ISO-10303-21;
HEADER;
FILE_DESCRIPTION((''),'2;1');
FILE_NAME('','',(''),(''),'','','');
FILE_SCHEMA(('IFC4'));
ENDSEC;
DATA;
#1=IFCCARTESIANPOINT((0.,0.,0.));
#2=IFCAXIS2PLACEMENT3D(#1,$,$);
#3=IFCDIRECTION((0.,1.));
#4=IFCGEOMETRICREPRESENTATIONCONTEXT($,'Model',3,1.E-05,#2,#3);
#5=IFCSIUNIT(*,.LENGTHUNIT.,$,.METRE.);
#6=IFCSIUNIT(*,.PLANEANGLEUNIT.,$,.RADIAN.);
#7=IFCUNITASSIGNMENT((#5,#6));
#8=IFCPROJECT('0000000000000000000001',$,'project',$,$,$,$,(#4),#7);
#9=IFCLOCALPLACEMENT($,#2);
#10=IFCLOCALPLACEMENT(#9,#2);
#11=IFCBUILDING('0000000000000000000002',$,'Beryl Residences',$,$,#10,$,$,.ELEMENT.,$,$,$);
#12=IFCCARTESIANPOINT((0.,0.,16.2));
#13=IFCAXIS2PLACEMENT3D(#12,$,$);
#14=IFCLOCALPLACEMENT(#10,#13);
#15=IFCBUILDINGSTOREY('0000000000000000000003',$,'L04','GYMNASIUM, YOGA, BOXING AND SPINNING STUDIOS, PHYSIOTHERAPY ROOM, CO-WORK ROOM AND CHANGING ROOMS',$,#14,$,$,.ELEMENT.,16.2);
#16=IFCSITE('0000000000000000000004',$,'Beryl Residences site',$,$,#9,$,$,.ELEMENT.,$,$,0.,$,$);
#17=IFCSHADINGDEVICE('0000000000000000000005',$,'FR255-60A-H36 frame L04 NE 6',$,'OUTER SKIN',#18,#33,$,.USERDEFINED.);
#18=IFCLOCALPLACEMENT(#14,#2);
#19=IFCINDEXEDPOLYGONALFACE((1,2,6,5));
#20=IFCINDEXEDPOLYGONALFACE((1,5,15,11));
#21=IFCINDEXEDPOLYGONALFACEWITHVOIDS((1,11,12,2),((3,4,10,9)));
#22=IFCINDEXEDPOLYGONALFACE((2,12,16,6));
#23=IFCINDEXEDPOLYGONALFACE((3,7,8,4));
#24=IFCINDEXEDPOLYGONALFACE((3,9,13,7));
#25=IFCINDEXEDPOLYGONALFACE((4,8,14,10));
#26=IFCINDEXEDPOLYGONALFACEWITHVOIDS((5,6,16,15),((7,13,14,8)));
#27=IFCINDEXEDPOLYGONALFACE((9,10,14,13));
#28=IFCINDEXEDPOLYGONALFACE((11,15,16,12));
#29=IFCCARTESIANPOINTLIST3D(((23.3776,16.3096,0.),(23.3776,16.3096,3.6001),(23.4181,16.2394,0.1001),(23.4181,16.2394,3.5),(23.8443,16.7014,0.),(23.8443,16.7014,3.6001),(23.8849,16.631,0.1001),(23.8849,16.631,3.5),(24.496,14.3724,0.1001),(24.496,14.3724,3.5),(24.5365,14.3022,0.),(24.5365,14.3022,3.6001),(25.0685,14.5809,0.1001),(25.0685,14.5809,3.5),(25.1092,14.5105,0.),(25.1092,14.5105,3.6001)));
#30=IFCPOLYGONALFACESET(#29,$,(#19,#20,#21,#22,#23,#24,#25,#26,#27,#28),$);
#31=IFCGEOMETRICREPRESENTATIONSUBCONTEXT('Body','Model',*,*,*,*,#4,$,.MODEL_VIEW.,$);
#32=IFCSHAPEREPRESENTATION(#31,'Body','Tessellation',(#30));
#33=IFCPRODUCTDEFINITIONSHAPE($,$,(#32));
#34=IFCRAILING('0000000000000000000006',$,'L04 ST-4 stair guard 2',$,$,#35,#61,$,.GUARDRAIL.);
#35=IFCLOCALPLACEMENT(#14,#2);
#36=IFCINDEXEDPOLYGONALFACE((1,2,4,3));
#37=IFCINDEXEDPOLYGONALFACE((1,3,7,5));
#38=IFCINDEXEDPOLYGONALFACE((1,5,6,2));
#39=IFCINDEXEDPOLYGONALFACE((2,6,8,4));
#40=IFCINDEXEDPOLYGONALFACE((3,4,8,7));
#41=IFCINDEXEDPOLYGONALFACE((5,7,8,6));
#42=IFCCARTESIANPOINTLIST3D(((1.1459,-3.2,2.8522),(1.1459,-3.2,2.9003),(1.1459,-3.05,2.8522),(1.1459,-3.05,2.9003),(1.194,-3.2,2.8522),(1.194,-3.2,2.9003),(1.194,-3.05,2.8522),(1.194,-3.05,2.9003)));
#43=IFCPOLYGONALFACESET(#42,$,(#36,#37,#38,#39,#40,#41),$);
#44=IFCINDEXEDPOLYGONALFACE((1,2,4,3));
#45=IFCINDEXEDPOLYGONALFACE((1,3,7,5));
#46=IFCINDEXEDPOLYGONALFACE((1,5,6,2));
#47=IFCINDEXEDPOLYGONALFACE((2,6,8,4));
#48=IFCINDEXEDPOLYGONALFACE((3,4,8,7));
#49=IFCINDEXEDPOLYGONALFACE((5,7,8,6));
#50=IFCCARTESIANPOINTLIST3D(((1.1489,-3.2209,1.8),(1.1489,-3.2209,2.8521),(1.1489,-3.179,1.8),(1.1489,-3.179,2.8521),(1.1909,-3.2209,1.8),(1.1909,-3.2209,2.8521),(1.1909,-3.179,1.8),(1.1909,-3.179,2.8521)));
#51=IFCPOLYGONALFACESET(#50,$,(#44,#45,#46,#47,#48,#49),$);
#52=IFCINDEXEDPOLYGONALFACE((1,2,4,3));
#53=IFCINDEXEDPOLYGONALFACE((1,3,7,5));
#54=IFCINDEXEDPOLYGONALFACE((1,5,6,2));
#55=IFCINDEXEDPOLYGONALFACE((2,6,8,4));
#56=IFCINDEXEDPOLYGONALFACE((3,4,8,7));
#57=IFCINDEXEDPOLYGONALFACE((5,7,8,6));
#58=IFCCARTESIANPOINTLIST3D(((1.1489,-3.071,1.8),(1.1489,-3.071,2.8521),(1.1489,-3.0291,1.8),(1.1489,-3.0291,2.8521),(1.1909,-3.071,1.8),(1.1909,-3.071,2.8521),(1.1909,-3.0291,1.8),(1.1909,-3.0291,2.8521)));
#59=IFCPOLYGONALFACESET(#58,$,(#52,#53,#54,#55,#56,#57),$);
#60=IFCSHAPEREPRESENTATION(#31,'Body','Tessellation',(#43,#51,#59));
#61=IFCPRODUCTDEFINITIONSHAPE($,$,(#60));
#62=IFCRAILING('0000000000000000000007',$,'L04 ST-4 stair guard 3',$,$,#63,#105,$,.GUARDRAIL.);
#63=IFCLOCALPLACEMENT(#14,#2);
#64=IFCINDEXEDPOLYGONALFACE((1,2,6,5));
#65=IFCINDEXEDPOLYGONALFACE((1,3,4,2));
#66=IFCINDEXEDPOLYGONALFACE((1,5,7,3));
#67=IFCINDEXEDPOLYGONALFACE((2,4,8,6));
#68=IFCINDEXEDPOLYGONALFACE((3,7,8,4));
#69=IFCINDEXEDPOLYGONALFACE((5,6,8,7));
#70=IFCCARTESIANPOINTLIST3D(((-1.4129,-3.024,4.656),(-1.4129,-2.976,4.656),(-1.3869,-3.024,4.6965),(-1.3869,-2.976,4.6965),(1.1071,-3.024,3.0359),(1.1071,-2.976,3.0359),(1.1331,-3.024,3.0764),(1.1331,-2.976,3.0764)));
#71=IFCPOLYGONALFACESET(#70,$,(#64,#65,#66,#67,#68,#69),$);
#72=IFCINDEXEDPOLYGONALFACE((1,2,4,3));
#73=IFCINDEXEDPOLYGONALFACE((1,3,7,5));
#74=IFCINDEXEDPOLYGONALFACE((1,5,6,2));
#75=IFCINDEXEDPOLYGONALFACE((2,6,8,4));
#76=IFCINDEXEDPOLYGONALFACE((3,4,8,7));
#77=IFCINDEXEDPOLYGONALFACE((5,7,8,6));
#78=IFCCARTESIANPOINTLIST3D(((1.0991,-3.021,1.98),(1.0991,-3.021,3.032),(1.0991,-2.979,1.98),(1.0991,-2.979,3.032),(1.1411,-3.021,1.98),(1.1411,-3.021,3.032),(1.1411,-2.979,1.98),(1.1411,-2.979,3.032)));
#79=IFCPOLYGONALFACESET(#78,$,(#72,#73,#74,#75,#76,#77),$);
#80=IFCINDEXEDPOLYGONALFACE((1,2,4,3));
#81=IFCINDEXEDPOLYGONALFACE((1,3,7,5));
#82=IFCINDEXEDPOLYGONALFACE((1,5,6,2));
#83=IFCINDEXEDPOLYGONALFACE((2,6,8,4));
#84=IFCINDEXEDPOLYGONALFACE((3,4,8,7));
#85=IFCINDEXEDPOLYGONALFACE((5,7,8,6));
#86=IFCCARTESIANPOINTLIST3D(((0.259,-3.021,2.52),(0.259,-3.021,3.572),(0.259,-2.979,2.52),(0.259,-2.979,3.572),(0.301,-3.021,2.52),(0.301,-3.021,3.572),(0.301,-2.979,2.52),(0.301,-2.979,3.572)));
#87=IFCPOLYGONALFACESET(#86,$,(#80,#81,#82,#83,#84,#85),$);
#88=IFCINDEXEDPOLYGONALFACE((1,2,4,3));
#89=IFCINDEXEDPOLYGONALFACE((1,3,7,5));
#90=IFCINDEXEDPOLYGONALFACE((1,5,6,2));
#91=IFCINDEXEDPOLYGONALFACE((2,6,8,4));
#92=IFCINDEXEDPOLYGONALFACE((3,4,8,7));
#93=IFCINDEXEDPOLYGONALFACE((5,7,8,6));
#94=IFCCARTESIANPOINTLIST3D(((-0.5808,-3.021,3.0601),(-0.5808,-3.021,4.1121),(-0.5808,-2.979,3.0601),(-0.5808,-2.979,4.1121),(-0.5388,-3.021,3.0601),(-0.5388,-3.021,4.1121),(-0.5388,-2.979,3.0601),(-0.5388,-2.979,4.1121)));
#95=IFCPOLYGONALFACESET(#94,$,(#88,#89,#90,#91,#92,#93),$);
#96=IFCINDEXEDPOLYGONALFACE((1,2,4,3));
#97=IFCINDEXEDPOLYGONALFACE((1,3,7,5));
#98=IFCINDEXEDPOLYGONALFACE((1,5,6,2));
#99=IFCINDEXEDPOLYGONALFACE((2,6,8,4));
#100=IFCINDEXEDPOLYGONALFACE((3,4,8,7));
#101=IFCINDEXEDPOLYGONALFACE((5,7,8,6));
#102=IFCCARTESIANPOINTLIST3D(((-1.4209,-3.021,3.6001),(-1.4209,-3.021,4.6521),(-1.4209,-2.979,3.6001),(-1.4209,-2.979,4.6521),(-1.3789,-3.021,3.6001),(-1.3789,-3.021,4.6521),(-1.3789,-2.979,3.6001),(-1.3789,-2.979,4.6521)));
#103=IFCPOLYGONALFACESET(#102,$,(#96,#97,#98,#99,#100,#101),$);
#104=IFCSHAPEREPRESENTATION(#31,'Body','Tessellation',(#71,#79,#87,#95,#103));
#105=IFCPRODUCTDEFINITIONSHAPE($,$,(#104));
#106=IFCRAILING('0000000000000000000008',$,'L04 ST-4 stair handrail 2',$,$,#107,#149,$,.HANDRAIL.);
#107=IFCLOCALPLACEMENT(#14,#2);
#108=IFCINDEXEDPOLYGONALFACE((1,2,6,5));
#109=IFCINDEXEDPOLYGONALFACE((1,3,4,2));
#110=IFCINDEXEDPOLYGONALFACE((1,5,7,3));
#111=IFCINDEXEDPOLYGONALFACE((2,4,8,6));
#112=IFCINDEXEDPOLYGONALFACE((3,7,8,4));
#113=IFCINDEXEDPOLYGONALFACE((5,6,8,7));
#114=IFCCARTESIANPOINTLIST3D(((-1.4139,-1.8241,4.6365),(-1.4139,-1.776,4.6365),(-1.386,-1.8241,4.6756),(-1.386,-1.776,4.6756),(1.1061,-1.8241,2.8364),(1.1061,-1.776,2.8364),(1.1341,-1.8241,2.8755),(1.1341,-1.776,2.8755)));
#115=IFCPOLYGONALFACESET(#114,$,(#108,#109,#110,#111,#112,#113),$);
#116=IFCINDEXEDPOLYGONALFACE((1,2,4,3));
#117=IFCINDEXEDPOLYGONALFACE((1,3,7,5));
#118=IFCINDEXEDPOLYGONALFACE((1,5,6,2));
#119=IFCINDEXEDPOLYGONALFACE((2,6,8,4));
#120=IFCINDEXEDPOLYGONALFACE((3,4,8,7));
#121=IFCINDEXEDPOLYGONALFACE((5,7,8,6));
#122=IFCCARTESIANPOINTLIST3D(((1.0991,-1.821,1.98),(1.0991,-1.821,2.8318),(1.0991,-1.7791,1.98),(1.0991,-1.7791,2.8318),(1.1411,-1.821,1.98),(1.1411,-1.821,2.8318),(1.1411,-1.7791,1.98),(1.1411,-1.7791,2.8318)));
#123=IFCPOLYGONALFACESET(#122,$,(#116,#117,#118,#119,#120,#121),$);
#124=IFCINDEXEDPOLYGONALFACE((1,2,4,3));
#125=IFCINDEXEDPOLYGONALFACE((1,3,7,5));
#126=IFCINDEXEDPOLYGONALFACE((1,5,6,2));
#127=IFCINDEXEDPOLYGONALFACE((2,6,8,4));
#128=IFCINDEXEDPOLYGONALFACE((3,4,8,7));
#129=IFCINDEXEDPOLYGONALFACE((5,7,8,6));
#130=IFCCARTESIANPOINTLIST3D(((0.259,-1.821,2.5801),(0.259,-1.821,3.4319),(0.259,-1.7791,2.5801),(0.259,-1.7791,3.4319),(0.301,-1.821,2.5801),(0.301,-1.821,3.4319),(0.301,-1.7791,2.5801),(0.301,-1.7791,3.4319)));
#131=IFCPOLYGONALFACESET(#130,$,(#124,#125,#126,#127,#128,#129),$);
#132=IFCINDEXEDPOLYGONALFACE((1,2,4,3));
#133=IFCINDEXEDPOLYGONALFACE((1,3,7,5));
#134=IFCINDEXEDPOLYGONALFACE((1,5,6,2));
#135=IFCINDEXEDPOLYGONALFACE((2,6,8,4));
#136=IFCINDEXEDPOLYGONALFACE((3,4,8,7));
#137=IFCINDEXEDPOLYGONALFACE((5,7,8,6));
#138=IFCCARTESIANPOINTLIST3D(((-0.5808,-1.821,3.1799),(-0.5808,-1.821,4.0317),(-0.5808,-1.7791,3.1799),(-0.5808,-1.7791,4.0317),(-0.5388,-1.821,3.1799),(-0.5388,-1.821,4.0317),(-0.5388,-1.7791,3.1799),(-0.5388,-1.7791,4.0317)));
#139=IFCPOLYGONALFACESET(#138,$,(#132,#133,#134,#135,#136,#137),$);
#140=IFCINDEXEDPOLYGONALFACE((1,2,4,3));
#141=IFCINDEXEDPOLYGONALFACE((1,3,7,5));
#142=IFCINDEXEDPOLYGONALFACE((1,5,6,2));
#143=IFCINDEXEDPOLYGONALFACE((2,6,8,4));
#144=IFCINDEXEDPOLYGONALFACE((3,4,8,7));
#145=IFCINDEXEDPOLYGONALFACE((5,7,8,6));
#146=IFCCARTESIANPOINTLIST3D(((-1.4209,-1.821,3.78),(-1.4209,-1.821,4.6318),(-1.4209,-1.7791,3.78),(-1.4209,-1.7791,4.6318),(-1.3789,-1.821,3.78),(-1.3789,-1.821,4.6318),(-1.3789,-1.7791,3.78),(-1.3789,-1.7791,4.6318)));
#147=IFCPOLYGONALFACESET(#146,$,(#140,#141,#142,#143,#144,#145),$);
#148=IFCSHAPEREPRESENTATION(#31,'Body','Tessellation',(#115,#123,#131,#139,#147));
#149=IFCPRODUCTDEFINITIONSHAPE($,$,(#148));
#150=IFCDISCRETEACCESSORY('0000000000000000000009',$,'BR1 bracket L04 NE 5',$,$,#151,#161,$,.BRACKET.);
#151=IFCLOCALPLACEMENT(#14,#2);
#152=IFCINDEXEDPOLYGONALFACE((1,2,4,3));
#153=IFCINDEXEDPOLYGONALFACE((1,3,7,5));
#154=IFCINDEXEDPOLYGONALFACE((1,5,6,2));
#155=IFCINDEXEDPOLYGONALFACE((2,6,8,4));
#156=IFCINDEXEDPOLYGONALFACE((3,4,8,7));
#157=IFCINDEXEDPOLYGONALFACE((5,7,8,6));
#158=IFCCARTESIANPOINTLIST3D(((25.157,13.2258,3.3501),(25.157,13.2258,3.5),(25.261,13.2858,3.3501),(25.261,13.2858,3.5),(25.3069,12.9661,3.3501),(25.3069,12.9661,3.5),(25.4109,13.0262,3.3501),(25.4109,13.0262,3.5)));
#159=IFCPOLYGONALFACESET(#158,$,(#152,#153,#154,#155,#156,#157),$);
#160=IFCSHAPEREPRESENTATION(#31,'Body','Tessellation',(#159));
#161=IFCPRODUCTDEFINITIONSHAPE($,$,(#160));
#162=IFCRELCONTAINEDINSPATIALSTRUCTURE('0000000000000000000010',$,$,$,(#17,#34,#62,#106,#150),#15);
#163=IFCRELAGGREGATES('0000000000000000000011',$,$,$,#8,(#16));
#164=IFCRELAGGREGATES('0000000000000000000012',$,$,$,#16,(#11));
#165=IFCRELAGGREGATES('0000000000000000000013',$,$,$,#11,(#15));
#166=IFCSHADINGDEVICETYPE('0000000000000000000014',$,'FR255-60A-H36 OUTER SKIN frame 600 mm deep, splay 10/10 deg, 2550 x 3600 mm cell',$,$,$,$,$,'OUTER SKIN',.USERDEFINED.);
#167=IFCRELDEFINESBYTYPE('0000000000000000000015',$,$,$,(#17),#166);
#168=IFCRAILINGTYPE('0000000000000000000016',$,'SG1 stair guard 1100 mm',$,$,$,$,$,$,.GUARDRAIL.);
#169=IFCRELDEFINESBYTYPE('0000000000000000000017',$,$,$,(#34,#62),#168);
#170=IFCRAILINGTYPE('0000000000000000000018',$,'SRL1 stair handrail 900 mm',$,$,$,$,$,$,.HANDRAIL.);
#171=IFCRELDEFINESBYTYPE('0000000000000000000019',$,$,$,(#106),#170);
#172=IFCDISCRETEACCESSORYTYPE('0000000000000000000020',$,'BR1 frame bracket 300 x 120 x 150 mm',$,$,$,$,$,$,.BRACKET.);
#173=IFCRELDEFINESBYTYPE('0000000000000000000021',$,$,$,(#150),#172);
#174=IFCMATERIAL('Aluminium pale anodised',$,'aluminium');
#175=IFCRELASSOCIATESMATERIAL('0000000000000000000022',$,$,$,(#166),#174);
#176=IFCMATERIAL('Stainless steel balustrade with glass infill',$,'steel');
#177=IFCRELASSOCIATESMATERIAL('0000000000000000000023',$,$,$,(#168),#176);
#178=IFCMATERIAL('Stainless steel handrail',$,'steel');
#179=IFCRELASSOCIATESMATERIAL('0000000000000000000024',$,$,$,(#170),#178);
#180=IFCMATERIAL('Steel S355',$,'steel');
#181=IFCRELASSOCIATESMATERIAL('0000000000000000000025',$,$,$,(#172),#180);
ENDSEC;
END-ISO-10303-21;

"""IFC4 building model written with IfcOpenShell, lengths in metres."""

from ifc_helpers import new_model, entity, si_unit, direction, frame, origin, origin_2d, place, context, subcontext, project, spatial, polyline, rectangle, outline, extrude, source, transform, mapped, material, type_object, type_shapes, element, save


model = new_model("IFC4")

# Units and contexts
model_context = context("Model", 3, precision=1e-05, world=origin(), true_north=direction((0.0, 1.0)))
body_context = subcontext(model_context, "Body", "Model", "MODEL_VIEW")
ifc_project = project(units=[si_unit("LENGTHUNIT", "METRE"), si_unit("PLANEANGLEUNIT", "RADIAN")], contexts=[model_context])

# Site, building, storey
site_placement = place(None, origin())
site = spatial("IfcSite", under=ifc_project, at=site_placement, Name="Beryl Residences site", CompositionType="ELEMENT", RefElevation=0.0)
building_placement = place(site_placement, origin())
building = spatial("IfcBuilding", under=site, at=building_placement, Name="Beryl Residences", CompositionType="ELEMENT")
storey_placement = place(building_placement, frame((0.0, 0.0, 16.2)))
storey = spatial("IfcBuildingStorey", under=building, at=storey_placement, Name="L04", Description="GYMNASIUM, YOGA, BOXING AND SPINNING STUDIOS, PHYSIOTHERAPY ROOM, CO-WORK ROOM AND CHANGING ROOMS", CompositionType="ELEMENT", Elevation=16.2)

# Shading device
ifc_material_1 = material(Name="Aluminium pale anodised", Category="aluminium")
shading_device_type = type_object("IfcShadingDeviceType", Name="FR255-60A-H36 OUTER SKIN frame 600 mm deep, splay 10/10 deg, 2550 x 3600 mm cell", ElementType="OUTER SKIN", PredefinedType="USERDEFINED", material=ifc_material_1)
cartesian_point_1 = entity("IfcCartesianPoint", [-1.1589, 0.0])
cartesian_point_2 = entity("IfcCartesianPoint", [-1.0779, 0.1001])
cartesian_point_3 = entity("IfcCartesianPoint", [-1.2649, 0.0])
cartesian_point_4 = entity("IfcCartesianPoint", [-1.1836, 0.1001])
shared_shape_1 = source(origin(), body_context, "Body", "SweptSolid", [
    entity("IfcExtrudedAreaSolidTapered", entity("IfcArbitraryProfileDefWithVoids", "AREA", None, entity("IfcPolyline", [cartesian_point_1, entity("IfcCartesianPoint", [1.1589, 0.0]), entity("IfcCartesianPoint", [1.1589, 3.6001]), entity("IfcCartesianPoint", [-1.1589, 3.6001]), cartesian_point_1]), [entity("IfcPolyline", [cartesian_point_2, entity("IfcCartesianPoint", [1.0779, 0.1001]), entity("IfcCartesianPoint", [1.0779, 3.5]), entity("IfcCartesianPoint", [-1.0779, 3.5]), cartesian_point_2])]), entity("IfcAxis2Placement3D", entity("IfcCartesianPoint", [0.0, 0.0, 0.0]), entity("IfcDirection", [0.0, 1.0, 0.0]), entity("IfcDirection", [-1.0, 0.0, 0.0])), entity("IfcDirection", [0.0, 0.0, 1.0]), 0.6001, entity("IfcArbitraryProfileDefWithVoids", "AREA", None, entity("IfcPolyline", [cartesian_point_3, entity("IfcCartesianPoint", [1.2649, 0.0]), entity("IfcCartesianPoint", [1.2649, 3.6001]), entity("IfcCartesianPoint", [-1.2649, 3.6001]), cartesian_point_3]), [entity("IfcPolyline", [cartesian_point_4, entity("IfcCartesianPoint", [1.1836, 0.1001]), entity("IfcCartesianPoint", [1.1836, 3.5]), entity("IfcCartesianPoint", [-1.1836, 3.5]), cartesian_point_4])])),
])
type_shapes(shading_device_type, [shared_shape_1])
for number, where, z_axis, x_axis, name in (
    (1, (23.957, 15.3059, 0.0), (0.0, 0.0, 1.0), (0.5, -0.866025, 0.0), "FR255-60A-H36 frame L04 NE 6"),
):
    element("IfcShadingDevice", number, at=place(storey_placement, frame(where, z_axis=z_axis, x_axis=x_axis)), inside=storey, type_object=shading_device_type, Name=name, ObjectType="OUTER SKIN", PredefinedType="USERDEFINED", context=body_context, shape_type="MappedRepresentation", body=[
        mapped(shared_shape_1, transform((0.0, 0.0, 0.0))),
    ])

# Railings
ifc_material_2 = material(Name="Stainless steel balustrade with glass infill", Category="steel")
railing_type_1 = type_object("IfcRailingType", Name="SG1 stair guard 1100 mm", PredefinedType="GUARDRAIL", material=ifc_material_2)
railing_1_placement = place(storey_placement, frame((1.1699, -3.2, 1.8)))
element("IfcRailing", 2, at=railing_1_placement, inside=storey, type_object=railing_type_1, Name="L04 ST-4 stair guard 2", PredefinedType="GUARDRAIL", context=body_context, shape_type="SweptSolid", body=[
    extrude(rectangle(XDim=0.0481, YDim=0.0481, at=origin_2d()), frame((0.0, 0.0, 1.0762), z_axis=(0.0, 1.0, 0.0), x_axis=(-1.0, 0.0, 0.0)), (0.0, 0.0, 1.0), 0.1499),
    extrude(rectangle(XDim=0.042, YDim=0.042, at=origin_2d()), origin(), (0.0, 0.0, 1.0), 1.052),
    extrude(rectangle(XDim=0.042, YDim=0.042, at=origin_2d()), frame((0.0, 0.1499, 0.0)), (0.0, 0.0, 1.0), 1.052),
])
railing_2_placement = place(storey_placement, frame((1.1201, -3.0, 1.98)))
element("IfcRailing", 3, at=railing_2_placement, inside=storey, type_object=railing_type_1, Name="L04 ST-4 stair guard 3", PredefinedType="GUARDRAIL", context=body_context, shape_type="SweptSolid", body=[
    extrude(rectangle(XDim=0.0481, YDim=0.0481, at=origin_2d()), frame((0.0, 0.0, 1.0762), z_axis=(-0.841163, 0.0, 0.540782), x_axis=(0.0, -1.0, 0.0)), (0.0, 0.0, 1.0), 2.9958),
    extrude(rectangle(XDim=0.042, YDim=0.042, at=origin_2d()), origin(), (0.0, 0.0, 1.0), 1.052),
    extrude(rectangle(XDim=0.042, YDim=0.042, at=origin_2d()), frame((-0.8401, 0.0, 0.54)), (0.0, 0.0, 1.0), 1.052),
    extrude(rectangle(XDim=0.042, YDim=0.042, at=origin_2d()), frame((-1.6799, 0.0, 1.0801)), (0.0, 0.0, 1.0), 1.052),
    extrude(rectangle(XDim=0.042, YDim=0.042, at=origin_2d()), frame((-2.52, 0.0, 1.6201)), (0.0, 0.0, 1.0), 1.052),
])
ifc_material_3 = material(Name="Stainless steel handrail", Category="steel")
railing_type_2 = type_object("IfcRailingType", Name="SRL1 stair handrail 900 mm", PredefinedType="HANDRAIL", material=ifc_material_3)
railing_3_placement = place(storey_placement, frame((1.1201, -1.8, 1.98)))
element("IfcRailing", 4, at=railing_3_placement, inside=storey, type_object=railing_type_2, Name="L04 ST-4 stair handrail 2", PredefinedType="HANDRAIL", context=body_context, shape_type="SweptSolid", body=[
    extrude(rectangle(XDim=0.0481, YDim=0.0481, at=origin_2d()), frame((0.0, 0.0, 0.876), z_axis=(-0.813728, 0.0, 0.581246), x_axis=(0.0, -1.0, 0.0)), (0.0, 0.0, 1.0), 3.0969),
    extrude(rectangle(XDim=0.042, YDim=0.042, at=origin_2d()), origin(), (0.0, 0.0, 1.0), 0.8518),
    extrude(rectangle(XDim=0.042, YDim=0.042, at=origin_2d()), frame((-0.8401, 0.0, 0.6001)), (0.0, 0.0, 1.0), 0.8518),
    extrude(rectangle(XDim=0.042, YDim=0.042, at=origin_2d()), frame((-1.6799, 0.0, 1.2)), (0.0, 0.0, 1.0), 0.8518),
    extrude(rectangle(XDim=0.042, YDim=0.042, at=origin_2d()), frame((-2.52, 0.0, 1.8)), (0.0, 0.0, 1.0), 0.8518),
])

# Discrete accessory
ifc_material_4 = material(Name="Steel S355", Category="steel")
discrete_accessory_type = type_object("IfcDiscreteAccessoryType", Name="BR1 frame bracket 300 x 120 x 150 mm", PredefinedType="BRACKET", material=ifc_material_4)
shared_shape_2 = source(origin(), body_context, "Body", "SweptSolid", [
    extrude(outline(polyline([(-0.1499, 0.0), (0.1499, 0.0), (0.1499, 0.1201), (-0.1499, 0.1201), (-0.1499, 0.0)])), origin(), (0.0, 0.0, 1.0), 0.1499),
])
type_shapes(discrete_accessory_type, [shared_shape_2])
discrete_accessory_placement = place(storey_placement, frame((25.2319, 13.0959, 3.3501), z_axis=(0.0, 0.0, 1.0), x_axis=(0.5, -0.866025, 0.0)))
element("IfcDiscreteAccessory", 5, at=discrete_accessory_placement, inside=storey, type_object=discrete_accessory_type, Name="BR1 bracket L04 NE 5", PredefinedType="BRACKET", context=body_context, shape_type="MappedRepresentation", body=[
    mapped(shared_shape_2, transform((0.0, 0.0, 0.0))),
])

save(model, "model.ifc")
